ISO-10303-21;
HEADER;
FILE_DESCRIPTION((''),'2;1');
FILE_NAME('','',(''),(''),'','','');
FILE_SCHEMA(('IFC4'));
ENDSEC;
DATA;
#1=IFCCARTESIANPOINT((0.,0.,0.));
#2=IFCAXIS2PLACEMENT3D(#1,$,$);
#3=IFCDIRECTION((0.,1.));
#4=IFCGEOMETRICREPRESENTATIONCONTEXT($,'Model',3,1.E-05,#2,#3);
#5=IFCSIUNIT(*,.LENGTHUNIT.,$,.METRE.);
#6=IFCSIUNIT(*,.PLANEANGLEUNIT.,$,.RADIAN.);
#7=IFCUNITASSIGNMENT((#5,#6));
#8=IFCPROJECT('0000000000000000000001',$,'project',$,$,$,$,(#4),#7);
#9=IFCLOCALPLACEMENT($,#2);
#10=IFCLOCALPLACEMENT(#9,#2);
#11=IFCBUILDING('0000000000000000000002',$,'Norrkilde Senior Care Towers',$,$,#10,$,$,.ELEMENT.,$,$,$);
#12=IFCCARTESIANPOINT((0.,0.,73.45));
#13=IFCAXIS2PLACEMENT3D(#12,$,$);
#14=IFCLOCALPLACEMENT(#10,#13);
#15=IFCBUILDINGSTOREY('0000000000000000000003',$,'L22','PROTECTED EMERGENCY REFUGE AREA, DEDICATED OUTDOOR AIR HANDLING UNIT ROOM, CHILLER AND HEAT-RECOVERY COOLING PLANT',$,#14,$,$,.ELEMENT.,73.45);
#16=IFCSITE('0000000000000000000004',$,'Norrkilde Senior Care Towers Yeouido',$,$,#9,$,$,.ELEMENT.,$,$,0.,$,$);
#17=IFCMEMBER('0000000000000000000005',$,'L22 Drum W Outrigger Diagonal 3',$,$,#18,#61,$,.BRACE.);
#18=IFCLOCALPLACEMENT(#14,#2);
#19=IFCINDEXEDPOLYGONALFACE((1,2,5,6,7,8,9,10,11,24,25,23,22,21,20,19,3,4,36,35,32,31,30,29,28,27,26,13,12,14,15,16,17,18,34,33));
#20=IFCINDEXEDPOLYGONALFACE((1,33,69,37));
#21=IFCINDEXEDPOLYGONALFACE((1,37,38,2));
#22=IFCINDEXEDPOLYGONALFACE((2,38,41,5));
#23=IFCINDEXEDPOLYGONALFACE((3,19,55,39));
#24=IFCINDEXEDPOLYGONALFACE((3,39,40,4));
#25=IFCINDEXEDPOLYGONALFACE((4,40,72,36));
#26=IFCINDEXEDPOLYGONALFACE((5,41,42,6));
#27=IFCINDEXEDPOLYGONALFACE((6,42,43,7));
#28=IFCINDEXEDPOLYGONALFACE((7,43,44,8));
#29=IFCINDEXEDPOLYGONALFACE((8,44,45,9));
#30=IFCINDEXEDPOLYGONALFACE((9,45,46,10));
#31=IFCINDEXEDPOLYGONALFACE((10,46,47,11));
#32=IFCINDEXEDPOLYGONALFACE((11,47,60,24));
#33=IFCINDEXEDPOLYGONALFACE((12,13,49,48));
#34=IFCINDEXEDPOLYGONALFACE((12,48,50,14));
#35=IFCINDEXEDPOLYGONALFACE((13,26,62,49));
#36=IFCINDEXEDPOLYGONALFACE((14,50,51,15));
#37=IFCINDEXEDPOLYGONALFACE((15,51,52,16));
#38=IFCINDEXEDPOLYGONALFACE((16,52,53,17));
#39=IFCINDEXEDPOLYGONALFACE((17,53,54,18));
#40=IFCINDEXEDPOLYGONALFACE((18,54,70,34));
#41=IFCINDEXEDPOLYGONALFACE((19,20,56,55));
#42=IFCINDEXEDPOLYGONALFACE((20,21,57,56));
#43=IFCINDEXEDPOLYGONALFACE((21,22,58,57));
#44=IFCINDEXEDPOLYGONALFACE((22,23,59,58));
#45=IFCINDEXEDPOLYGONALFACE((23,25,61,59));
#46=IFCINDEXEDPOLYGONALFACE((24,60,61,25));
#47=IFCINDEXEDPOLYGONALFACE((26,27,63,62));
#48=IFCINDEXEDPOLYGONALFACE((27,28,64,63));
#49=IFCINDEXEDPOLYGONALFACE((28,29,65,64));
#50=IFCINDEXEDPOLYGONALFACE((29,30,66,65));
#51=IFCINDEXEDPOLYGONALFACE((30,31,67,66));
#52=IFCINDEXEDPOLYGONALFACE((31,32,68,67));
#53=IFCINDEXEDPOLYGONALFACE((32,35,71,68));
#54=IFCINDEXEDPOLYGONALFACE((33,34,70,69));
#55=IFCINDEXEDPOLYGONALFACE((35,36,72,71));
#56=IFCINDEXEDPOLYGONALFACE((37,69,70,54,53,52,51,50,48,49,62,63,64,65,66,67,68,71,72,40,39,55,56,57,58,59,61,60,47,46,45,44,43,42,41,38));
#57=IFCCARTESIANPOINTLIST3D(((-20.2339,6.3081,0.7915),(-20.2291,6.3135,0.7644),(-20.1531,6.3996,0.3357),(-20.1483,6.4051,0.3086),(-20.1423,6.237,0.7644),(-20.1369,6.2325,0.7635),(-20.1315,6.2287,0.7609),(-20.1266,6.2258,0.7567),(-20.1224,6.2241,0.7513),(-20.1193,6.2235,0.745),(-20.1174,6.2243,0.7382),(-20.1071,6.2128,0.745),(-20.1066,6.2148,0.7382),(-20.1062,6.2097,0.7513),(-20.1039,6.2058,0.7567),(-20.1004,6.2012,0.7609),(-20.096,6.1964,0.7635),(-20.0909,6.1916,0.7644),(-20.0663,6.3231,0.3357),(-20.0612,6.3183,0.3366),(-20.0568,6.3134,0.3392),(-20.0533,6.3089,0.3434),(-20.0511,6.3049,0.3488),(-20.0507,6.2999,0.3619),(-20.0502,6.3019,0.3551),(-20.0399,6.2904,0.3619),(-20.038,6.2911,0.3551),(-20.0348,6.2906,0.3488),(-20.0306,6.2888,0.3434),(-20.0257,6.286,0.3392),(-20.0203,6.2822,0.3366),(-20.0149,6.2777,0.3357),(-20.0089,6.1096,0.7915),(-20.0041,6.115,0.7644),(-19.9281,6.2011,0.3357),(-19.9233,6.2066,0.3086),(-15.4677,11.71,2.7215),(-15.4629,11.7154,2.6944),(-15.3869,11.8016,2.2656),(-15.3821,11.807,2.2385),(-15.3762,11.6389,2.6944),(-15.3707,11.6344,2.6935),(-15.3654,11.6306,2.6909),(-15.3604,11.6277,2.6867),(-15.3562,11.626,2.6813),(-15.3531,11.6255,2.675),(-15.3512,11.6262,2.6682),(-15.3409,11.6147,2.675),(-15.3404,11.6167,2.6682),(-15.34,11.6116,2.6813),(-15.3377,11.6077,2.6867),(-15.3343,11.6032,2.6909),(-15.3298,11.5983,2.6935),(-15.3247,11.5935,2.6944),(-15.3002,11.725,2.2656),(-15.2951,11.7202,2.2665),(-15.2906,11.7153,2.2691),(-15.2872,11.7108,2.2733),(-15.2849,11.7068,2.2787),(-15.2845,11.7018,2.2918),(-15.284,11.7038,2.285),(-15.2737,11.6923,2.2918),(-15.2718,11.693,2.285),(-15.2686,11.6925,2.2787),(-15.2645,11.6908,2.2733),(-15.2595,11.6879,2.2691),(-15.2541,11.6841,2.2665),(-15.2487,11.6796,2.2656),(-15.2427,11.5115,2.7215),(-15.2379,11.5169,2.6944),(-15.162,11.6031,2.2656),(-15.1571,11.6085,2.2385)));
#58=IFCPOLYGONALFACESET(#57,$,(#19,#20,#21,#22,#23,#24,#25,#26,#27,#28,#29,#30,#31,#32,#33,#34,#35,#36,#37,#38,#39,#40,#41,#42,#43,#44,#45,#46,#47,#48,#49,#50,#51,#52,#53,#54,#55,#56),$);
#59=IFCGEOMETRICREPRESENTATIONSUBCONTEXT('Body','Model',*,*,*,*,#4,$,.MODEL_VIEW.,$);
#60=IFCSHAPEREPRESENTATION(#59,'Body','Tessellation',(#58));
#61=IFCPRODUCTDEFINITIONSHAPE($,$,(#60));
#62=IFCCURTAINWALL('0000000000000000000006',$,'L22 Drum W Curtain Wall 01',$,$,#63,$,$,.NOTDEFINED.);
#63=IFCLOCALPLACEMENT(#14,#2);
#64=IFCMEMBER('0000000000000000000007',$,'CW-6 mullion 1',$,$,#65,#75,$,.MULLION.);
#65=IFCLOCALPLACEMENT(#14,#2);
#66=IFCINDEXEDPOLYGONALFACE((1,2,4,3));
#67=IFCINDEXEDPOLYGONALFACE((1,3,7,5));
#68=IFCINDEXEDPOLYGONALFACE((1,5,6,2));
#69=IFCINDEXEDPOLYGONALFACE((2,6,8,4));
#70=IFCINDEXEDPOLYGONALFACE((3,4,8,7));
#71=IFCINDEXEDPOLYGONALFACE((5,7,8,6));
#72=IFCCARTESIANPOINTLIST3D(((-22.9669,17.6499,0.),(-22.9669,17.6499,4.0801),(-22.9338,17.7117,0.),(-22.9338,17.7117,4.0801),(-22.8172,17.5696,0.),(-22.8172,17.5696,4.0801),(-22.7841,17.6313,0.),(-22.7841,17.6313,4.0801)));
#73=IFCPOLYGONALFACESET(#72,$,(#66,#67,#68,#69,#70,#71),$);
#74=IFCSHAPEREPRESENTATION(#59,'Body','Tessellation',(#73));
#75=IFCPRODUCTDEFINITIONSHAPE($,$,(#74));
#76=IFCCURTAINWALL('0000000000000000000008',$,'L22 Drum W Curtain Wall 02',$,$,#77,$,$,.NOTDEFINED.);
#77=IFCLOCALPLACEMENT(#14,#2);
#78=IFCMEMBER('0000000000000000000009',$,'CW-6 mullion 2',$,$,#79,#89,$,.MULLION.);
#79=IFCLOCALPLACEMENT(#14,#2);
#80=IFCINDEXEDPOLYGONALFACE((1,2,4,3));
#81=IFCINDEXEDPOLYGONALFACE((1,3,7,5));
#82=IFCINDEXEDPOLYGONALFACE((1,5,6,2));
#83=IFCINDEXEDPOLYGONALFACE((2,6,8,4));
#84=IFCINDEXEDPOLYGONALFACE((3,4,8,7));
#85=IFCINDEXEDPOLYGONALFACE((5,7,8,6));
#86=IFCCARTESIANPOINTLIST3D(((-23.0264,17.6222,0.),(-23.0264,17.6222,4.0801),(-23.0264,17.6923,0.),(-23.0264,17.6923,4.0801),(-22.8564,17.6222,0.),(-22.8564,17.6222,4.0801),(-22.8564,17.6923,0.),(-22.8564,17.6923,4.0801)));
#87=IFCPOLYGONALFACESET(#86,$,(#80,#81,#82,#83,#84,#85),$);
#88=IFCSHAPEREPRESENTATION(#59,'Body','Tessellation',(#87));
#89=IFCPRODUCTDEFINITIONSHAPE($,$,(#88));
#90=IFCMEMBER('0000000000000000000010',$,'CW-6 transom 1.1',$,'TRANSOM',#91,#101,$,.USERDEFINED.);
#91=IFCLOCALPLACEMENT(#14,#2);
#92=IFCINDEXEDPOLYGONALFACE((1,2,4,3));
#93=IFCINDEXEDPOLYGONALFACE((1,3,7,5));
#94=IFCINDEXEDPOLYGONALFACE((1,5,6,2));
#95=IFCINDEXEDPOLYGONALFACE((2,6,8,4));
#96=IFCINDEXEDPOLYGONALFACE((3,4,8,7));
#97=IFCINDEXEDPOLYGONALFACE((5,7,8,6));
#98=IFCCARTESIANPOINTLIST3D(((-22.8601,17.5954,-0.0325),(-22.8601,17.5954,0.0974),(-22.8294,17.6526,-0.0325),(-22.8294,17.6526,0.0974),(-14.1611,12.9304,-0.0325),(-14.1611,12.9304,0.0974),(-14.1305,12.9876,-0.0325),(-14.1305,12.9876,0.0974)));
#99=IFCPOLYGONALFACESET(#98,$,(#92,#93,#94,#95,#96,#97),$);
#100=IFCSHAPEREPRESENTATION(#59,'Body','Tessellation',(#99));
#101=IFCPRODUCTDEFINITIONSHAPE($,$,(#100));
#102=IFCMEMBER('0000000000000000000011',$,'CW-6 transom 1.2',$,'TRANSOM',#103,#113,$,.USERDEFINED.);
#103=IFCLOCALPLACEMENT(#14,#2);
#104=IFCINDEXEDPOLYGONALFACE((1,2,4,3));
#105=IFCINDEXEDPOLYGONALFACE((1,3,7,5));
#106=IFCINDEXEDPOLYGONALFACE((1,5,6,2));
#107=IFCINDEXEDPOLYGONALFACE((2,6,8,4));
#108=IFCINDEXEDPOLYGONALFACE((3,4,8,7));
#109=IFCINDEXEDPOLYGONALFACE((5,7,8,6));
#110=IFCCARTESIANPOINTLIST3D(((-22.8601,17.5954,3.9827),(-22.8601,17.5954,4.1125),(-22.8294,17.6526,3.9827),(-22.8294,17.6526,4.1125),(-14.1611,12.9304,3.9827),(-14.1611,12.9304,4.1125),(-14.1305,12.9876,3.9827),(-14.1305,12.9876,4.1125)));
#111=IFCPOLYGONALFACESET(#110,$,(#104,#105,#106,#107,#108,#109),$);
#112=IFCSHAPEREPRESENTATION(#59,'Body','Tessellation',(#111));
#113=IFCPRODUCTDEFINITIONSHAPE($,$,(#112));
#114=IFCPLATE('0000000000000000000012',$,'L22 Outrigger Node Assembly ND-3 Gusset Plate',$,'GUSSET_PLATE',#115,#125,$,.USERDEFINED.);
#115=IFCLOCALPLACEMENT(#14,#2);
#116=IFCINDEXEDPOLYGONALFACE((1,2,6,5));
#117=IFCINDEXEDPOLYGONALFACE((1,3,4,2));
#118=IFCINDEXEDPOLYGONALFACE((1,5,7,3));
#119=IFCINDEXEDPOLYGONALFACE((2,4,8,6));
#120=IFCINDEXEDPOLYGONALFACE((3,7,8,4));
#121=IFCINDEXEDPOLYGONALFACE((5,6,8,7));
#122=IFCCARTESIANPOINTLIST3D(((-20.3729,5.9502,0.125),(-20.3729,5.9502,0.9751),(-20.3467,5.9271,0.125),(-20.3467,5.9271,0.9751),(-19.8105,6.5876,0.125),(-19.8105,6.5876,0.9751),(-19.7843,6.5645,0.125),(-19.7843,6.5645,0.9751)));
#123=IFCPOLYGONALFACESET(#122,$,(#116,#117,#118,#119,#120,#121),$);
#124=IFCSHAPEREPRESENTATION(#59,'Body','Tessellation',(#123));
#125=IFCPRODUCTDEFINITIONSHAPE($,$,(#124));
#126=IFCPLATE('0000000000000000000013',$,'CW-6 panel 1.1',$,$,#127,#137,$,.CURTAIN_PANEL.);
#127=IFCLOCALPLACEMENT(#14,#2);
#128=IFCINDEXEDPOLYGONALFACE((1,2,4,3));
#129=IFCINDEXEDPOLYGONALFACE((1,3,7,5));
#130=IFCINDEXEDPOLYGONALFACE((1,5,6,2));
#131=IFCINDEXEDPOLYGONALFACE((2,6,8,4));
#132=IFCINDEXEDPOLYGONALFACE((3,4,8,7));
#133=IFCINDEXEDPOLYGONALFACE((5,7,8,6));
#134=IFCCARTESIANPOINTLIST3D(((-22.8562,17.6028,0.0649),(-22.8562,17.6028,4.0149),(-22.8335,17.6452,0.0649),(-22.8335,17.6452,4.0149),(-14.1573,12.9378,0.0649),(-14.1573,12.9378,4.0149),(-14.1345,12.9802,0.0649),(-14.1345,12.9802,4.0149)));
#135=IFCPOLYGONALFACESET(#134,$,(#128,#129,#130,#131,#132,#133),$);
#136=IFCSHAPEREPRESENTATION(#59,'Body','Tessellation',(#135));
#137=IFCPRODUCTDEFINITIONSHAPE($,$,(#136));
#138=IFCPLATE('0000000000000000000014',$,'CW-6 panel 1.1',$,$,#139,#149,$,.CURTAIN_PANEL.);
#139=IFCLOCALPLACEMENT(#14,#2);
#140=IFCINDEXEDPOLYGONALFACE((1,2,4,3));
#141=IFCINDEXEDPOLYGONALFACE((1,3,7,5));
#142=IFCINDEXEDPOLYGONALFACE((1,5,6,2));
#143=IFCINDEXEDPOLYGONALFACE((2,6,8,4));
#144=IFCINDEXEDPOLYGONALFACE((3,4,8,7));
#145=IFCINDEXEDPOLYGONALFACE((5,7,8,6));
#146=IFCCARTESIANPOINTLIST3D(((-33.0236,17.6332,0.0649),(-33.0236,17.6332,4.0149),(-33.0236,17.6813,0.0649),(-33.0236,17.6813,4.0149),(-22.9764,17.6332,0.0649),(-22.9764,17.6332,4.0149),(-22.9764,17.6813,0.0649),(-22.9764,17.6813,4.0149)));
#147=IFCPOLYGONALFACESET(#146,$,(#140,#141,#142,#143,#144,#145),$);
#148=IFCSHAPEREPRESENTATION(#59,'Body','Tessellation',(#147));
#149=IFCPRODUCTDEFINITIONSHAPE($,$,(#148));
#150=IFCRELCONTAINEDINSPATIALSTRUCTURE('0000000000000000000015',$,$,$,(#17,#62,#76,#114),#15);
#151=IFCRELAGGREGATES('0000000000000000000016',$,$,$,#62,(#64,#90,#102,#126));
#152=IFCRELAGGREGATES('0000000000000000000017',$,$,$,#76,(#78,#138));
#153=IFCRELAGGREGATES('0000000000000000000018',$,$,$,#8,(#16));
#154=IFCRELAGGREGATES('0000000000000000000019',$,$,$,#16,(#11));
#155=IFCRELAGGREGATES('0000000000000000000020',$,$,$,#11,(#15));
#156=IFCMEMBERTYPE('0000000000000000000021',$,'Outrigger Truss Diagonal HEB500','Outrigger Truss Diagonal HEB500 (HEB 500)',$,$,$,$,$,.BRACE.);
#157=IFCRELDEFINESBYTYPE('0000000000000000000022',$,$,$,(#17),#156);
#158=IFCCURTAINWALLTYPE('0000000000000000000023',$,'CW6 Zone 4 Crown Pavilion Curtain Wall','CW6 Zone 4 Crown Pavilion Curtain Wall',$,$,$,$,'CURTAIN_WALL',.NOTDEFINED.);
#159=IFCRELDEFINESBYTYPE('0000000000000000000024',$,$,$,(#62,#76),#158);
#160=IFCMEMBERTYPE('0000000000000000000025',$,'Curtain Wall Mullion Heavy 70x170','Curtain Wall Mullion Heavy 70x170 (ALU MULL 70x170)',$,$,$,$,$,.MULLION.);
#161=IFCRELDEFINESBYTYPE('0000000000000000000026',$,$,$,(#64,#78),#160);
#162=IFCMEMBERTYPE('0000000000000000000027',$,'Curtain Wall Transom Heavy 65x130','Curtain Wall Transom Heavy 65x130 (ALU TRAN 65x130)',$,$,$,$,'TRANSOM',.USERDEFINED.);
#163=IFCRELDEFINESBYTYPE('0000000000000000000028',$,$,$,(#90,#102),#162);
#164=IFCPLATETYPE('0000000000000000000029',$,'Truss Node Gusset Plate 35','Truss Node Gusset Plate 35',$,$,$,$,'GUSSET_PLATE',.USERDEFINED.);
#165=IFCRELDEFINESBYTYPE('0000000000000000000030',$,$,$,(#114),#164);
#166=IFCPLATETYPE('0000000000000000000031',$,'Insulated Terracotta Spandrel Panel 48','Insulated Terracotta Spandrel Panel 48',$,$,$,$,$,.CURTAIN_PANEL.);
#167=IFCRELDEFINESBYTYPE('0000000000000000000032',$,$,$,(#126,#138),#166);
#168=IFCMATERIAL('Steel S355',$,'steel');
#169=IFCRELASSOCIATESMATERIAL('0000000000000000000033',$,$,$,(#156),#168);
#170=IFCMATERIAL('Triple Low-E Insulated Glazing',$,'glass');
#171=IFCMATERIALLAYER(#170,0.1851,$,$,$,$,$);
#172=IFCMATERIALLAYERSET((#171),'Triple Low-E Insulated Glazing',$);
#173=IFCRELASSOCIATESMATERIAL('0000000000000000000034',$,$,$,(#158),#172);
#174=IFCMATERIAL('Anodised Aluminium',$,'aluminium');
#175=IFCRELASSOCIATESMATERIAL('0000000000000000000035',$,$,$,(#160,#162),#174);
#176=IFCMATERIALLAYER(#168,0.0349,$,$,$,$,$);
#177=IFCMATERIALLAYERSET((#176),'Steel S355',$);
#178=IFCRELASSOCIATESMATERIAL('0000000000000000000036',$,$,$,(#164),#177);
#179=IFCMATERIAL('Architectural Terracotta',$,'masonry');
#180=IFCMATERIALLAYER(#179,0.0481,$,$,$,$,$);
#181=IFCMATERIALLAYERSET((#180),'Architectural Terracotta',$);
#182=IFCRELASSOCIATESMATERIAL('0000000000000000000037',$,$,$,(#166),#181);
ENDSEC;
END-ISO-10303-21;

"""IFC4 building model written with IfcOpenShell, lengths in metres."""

from ifc_helpers import new_model, si_unit, direction, frame, origin, origin_2d, place, context, subcontext, project, spatial, rectangle, i_section, extrude, source, transform, mapped, material, layer, layer_set, material_profile, profile_set, type_object, type_shapes, element, aggregate, save


model = new_model("IFC4")

# Units and contexts
model_context = context("Model", 3, precision=1e-05, world=origin(), true_north=direction((0.0, 1.0)))
body_context = subcontext(model_context, "Body", "Model", "MODEL_VIEW")
ifc_project = project(units=[si_unit("LENGTHUNIT", "METRE"), si_unit("PLANEANGLEUNIT", "RADIAN")], contexts=[model_context])

# Site, building, storey
site_placement = place(None, origin())
site = spatial("IfcSite", under=ifc_project, at=site_placement, Name="Norrkilde Senior Care Towers Yeouido", CompositionType="ELEMENT", RefElevation=0.0)
building_placement = place(site_placement, origin())
building = spatial("IfcBuilding", under=site, at=building_placement, Name="Norrkilde Senior Care Towers", CompositionType="ELEMENT")
storey_placement = place(building_placement, frame((0.0, 0.0, 73.45)))
storey = spatial("IfcBuildingStorey", under=building, at=storey_placement, Name="L22", Description="PROTECTED EMERGENCY REFUGE AREA, DEDICATED OUTDOOR AIR HANDLING UNIT ROOM, CHILLER AND HEAT-RECOVERY COOLING PLANT", CompositionType="ELEMENT", Elevation=73.45)

# Member
ifc_material_1 = material(Name="Steel S355", Category="steel")
ifc_material_profile_1 = material_profile(ifc_material_1, i_section(OverallWidth=0.3, OverallDepth=0.5, WebThickness=0.0144, FlangeThickness=0.0281, FilletRadius=0.0271, at=origin_2d()), Name="HEB 500")
ifc_profile_set_1 = profile_set([ifc_material_profile_1], Name="Steel S355")
member_type_1 = type_object("IfcMemberType", Name="Outrigger Truss Diagonal HEB500", Description="Outrigger Truss Diagonal HEB500 (HEB 500)", PredefinedType="BRACE", material=ifc_profile_set_1)
shared_shape_1 = source(origin(), body_context, "Body", "SweptSolid", [
    extrude(i_section(OverallWidth=0.3, OverallDepth=0.5, WebThickness=0.0144, FlangeThickness=0.0281, FilletRadius=0.0271, at=origin_2d()), origin(), (0.0, 0.0, 1.0), 7.458),
])
type_shapes(member_type_1, [shared_shape_1])
member_1_placement = place(storey_placement, frame((-20.0786, 6.2573, 0.55), z_axis=(0.639068, 0.724312, 0.258776), x_axis=(-0.749854, 0.661604, 0.0)))
element("IfcMember", 1, at=member_1_placement, inside=storey, type_object=member_type_1, Name="L22 Drum W Outrigger Diagonal 3", PredefinedType="BRACE", context=body_context, shape_type="MappedRepresentation", body=[
    mapped(shared_shape_1, transform((0.0, 0.0, 0.0), x_axis=(1.0, 0.0, 0.0), y_axis=(0.0, 1.0, 0.0), z_axis=(0.0, 0.0, 1.0), scale=1.0)),
])

# Curtain walls, members
ifc_material_2 = material(Name="Triple Low-E Insulated Glazing", Category="glass")
ifc_layer_1 = layer(ifc_material_2, 0.1851)
ifc_layer_set_1 = layer_set([ifc_layer_1], Name="Triple Low-E Insulated Glazing")
curtain_wall_type = type_object("IfcCurtainWallType", Name="CW6 Zone 4 Crown Pavilion Curtain Wall", Description="CW6 Zone 4 Crown Pavilion Curtain Wall", ElementType="CURTAIN_WALL", PredefinedType="NOTDEFINED", material=ifc_layer_set_1)
curtain_wall_1_placement = place(storey_placement, origin())
curtain_wall_1 = element("IfcCurtainWall", 2, at=curtain_wall_1_placement, inside=storey, type_object=curtain_wall_type, Name="L22 Drum W Curtain Wall 01", PredefinedType="NOTDEFINED")
ifc_material_3 = material(Name="Anodised Aluminium", Category="aluminium")
ifc_material_profile_2 = material_profile(ifc_material_3, rectangle(XDim=0.0701, YDim=0.1699, at=origin_2d()), Name="ALU MULL 70x170")
ifc_profile_set_2 = profile_set([ifc_material_profile_2], Name="Anodised Aluminium")
member_type_2 = type_object("IfcMemberType", Name="Curtain Wall Mullion Heavy 70x170", Description="Curtain Wall Mullion Heavy 70x170 (ALU MULL 70x170)", PredefinedType="MULLION", material=ifc_profile_set_2)
shared_shape_2 = source(origin(), body_context, "Body", "SweptSolid", [
    extrude(rectangle(XDim=0.0701, YDim=0.1699, at=origin_2d()), origin(), (0.0, 0.0, 1.0), 4.0801),
])
type_shapes(member_type_2, [shared_shape_2])
member_2_placement = place(storey_placement, frame((-22.8755, 17.6406, 0.0), z_axis=(0.0, 0.0, 1.0), x_axis=(0.472608, 0.881273, 0.0)))
member_2 = element("IfcMember", 3, at=member_2_placement, type_object=member_type_2, Name="CW-6 mullion 1", PredefinedType="MULLION", context=body_context, shape_type="MappedRepresentation", body=[
    mapped(shared_shape_2, transform((0.0, 0.0, 0.0), x_axis=(1.0, 0.0, 0.0), y_axis=(0.0, 1.0, 0.0), z_axis=(0.0, 0.0, 1.0), scale=1.0)),
])
curtain_wall_2_placement = place(storey_placement, origin())
curtain_wall_2 = element("IfcCurtainWall", 4, at=curtain_wall_2_placement, inside=storey, type_object=curtain_wall_type, Name="L22 Drum W Curtain Wall 02", PredefinedType="NOTDEFINED")
member_3_placement = place(storey_placement, frame((-22.9414, 17.6572, 0.0), z_axis=(0.0, 0.0, 1.0), x_axis=(0.0, 1.0, 0.0)))
member_3 = element("IfcMember", 5, at=member_3_placement, type_object=member_type_2, Name="CW-6 mullion 2", PredefinedType="MULLION", context=body_context, shape_type="MappedRepresentation", body=[
    mapped(shared_shape_2, transform((0.0, 0.0, 0.0), x_axis=(1.0, 0.0, 0.0), y_axis=(0.0, 1.0, 0.0), z_axis=(0.0, 0.0, 1.0), scale=1.0)),
])

# Members
ifc_material_profile_3 = material_profile(ifc_material_3, rectangle(XDim=0.0649, YDim=0.1299, at=origin_2d()), Name="ALU TRAN 65x130")
ifc_profile_set_3 = profile_set([ifc_material_profile_3], Name="Anodised Aluminium")
member_type_3 = type_object("IfcMemberType", Name="Curtain Wall Transom Heavy 65x130", Description="Curtain Wall Transom Heavy 65x130 (ALU TRAN 65x130)", ElementType="TRANSOM", PredefinedType="USERDEFINED", material=ifc_profile_set_3)
shared_shape_3 = source(origin(), body_context, "Body", "SweptSolid", [
    extrude(rectangle(XDim=0.0649, YDim=0.1299, at=origin_2d()), origin(), (0.0, 0.0, 1.0), 9.8708),
])
type_shapes(member_type_3, [shared_shape_3])
member_4_placement = place(storey_placement, frame((-22.8447, 17.624, 0.0325), z_axis=(0.881274, -0.472605, 0.0), x_axis=(0.472605, 0.881274, 0.0)))
member_4 = element("IfcMember", 6, at=member_4_placement, type_object=member_type_3, Name="CW-6 transom 1.1", ObjectType="TRANSOM", PredefinedType="USERDEFINED", context=body_context, shape_type="MappedRepresentation", body=[
    mapped(shared_shape_3, transform((0.0, 0.0, 0.0), x_axis=(1.0, 0.0, 0.0), y_axis=(0.0, 1.0, 0.0), z_axis=(0.0, 0.0, 1.0), scale=1.0)),
])
member_5_placement = place(storey_placement, frame((-22.8447, 17.624, 4.0476), z_axis=(0.881274, -0.472605, 0.0), x_axis=(0.472605, 0.881274, 0.0)))
member_5 = element("IfcMember", 7, at=member_5_placement, type_object=member_type_3, Name="CW-6 transom 1.2", ObjectType="TRANSOM", PredefinedType="USERDEFINED", context=body_context, shape_type="MappedRepresentation", body=[
    mapped(shared_shape_3, transform((0.0, 0.0, 0.0), x_axis=(1.0, 0.0, 0.0), y_axis=(0.0, 1.0, 0.0), z_axis=(0.0, 0.0, 1.0), scale=1.0)),
])

# Plates
ifc_layer_2 = layer(ifc_material_1, 0.0349)
ifc_layer_set_2 = layer_set([ifc_layer_2], Name="Steel S355")
plate_type_1 = type_object("IfcPlateType", Name="Truss Node Gusset Plate 35", Description="Truss Node Gusset Plate 35", ElementType="GUSSET_PLATE", PredefinedType="USERDEFINED", material=ifc_layer_set_2)
shared_shape_4 = source(origin(), body_context, "Body", "SweptSolid", [
    extrude(rectangle(XDim=0.8501, YDim=0.0349, at=origin_2d()), origin(), (0.0, 0.0, 1.0), 0.8501),
])
type_shapes(plate_type_1, [shared_shape_4])
plate_1_placement = place(storey_placement, frame((-20.0786, 6.2573, 0.125), z_axis=(0.0, 0.0, 1.0), x_axis=(0.661622, 0.749838, 0.0)))
element("IfcPlate", 8, at=plate_1_placement, inside=storey, type_object=plate_type_1, Name="L22 Outrigger Node Assembly ND-3 Gusset Plate", ObjectType="GUSSET_PLATE", PredefinedType="USERDEFINED", context=body_context, shape_type="MappedRepresentation", body=[
    mapped(shared_shape_4, transform((0.0, 0.0, 0.0), x_axis=(1.0, 0.0, 0.0), y_axis=(0.0, 1.0, 0.0), z_axis=(0.0, 0.0, 1.0), scale=1.0)),
])
ifc_material_4 = material(Name="Architectural Terracotta", Category="masonry")
ifc_layer_3 = layer(ifc_material_4, 0.0481)
ifc_layer_set_3 = layer_set([ifc_layer_3], Name="Architectural Terracotta")
plate_type_2 = type_object("IfcPlateType", Name="Insulated Terracotta Spandrel Panel 48", Description="Insulated Terracotta Spandrel Panel 48", PredefinedType="CURTAIN_PANEL", material=ifc_layer_set_3)
shared_shape_5 = source(origin(), body_context, "Body", "SweptSolid", [
    extrude(rectangle(XDim=9.8708, YDim=0.0481, at=origin_2d()), origin(), (0.0, 0.0, 1.0), 3.95),
])
plate_2_placement = place(storey_placement, frame((-18.4954, 15.2915, 0.0649), z_axis=(0.0, 0.0, 1.0), x_axis=(0.881273, -0.472608, 0.0)))
plate_2 = element("IfcPlate", 9, at=plate_2_placement, type_object=plate_type_2, Name="CW-6 panel 1.1", PredefinedType="CURTAIN_PANEL", context=body_context, shape_type="MappedRepresentation", body=[
    mapped(shared_shape_5, transform((0.0, 0.0, 0.0), x_axis=(1.0, 0.0, 0.0), y_axis=(0.0, 1.0, 0.0), z_axis=(0.0, 0.0, 1.0), scale=1.0)),
])
aggregate(curtain_wall_1, [member_2, member_4, member_5, plate_2])
shared_shape_6 = source(origin(), body_context, "Body", "SweptSolid", [
    extrude(rectangle(XDim=10.0471, YDim=0.0481, at=origin_2d()), origin(), (0.0, 0.0, 1.0), 3.95),
])
type_shapes(plate_type_2, [shared_shape_5, shared_shape_6])
plate_3_placement = place(storey_placement, frame((-28.0, 17.6572, 0.0649), z_axis=(0.0, 0.0, 1.0), x_axis=(1.0, 0.0, 0.0)))
plate_3 = element("IfcPlate", 10, at=plate_3_placement, type_object=plate_type_2, Name="CW-6 panel 1.1", PredefinedType="CURTAIN_PANEL", context=body_context, shape_type="MappedRepresentation", body=[
    mapped(shared_shape_6, transform((0.0, 0.0, 0.0), x_axis=(1.0, 0.0, 0.0), y_axis=(0.0, 1.0, 0.0), z_axis=(0.0, 0.0, 1.0), scale=1.0)),
])
aggregate(curtain_wall_2, [member_3, plate_3])

save(model, "model.ifc")
